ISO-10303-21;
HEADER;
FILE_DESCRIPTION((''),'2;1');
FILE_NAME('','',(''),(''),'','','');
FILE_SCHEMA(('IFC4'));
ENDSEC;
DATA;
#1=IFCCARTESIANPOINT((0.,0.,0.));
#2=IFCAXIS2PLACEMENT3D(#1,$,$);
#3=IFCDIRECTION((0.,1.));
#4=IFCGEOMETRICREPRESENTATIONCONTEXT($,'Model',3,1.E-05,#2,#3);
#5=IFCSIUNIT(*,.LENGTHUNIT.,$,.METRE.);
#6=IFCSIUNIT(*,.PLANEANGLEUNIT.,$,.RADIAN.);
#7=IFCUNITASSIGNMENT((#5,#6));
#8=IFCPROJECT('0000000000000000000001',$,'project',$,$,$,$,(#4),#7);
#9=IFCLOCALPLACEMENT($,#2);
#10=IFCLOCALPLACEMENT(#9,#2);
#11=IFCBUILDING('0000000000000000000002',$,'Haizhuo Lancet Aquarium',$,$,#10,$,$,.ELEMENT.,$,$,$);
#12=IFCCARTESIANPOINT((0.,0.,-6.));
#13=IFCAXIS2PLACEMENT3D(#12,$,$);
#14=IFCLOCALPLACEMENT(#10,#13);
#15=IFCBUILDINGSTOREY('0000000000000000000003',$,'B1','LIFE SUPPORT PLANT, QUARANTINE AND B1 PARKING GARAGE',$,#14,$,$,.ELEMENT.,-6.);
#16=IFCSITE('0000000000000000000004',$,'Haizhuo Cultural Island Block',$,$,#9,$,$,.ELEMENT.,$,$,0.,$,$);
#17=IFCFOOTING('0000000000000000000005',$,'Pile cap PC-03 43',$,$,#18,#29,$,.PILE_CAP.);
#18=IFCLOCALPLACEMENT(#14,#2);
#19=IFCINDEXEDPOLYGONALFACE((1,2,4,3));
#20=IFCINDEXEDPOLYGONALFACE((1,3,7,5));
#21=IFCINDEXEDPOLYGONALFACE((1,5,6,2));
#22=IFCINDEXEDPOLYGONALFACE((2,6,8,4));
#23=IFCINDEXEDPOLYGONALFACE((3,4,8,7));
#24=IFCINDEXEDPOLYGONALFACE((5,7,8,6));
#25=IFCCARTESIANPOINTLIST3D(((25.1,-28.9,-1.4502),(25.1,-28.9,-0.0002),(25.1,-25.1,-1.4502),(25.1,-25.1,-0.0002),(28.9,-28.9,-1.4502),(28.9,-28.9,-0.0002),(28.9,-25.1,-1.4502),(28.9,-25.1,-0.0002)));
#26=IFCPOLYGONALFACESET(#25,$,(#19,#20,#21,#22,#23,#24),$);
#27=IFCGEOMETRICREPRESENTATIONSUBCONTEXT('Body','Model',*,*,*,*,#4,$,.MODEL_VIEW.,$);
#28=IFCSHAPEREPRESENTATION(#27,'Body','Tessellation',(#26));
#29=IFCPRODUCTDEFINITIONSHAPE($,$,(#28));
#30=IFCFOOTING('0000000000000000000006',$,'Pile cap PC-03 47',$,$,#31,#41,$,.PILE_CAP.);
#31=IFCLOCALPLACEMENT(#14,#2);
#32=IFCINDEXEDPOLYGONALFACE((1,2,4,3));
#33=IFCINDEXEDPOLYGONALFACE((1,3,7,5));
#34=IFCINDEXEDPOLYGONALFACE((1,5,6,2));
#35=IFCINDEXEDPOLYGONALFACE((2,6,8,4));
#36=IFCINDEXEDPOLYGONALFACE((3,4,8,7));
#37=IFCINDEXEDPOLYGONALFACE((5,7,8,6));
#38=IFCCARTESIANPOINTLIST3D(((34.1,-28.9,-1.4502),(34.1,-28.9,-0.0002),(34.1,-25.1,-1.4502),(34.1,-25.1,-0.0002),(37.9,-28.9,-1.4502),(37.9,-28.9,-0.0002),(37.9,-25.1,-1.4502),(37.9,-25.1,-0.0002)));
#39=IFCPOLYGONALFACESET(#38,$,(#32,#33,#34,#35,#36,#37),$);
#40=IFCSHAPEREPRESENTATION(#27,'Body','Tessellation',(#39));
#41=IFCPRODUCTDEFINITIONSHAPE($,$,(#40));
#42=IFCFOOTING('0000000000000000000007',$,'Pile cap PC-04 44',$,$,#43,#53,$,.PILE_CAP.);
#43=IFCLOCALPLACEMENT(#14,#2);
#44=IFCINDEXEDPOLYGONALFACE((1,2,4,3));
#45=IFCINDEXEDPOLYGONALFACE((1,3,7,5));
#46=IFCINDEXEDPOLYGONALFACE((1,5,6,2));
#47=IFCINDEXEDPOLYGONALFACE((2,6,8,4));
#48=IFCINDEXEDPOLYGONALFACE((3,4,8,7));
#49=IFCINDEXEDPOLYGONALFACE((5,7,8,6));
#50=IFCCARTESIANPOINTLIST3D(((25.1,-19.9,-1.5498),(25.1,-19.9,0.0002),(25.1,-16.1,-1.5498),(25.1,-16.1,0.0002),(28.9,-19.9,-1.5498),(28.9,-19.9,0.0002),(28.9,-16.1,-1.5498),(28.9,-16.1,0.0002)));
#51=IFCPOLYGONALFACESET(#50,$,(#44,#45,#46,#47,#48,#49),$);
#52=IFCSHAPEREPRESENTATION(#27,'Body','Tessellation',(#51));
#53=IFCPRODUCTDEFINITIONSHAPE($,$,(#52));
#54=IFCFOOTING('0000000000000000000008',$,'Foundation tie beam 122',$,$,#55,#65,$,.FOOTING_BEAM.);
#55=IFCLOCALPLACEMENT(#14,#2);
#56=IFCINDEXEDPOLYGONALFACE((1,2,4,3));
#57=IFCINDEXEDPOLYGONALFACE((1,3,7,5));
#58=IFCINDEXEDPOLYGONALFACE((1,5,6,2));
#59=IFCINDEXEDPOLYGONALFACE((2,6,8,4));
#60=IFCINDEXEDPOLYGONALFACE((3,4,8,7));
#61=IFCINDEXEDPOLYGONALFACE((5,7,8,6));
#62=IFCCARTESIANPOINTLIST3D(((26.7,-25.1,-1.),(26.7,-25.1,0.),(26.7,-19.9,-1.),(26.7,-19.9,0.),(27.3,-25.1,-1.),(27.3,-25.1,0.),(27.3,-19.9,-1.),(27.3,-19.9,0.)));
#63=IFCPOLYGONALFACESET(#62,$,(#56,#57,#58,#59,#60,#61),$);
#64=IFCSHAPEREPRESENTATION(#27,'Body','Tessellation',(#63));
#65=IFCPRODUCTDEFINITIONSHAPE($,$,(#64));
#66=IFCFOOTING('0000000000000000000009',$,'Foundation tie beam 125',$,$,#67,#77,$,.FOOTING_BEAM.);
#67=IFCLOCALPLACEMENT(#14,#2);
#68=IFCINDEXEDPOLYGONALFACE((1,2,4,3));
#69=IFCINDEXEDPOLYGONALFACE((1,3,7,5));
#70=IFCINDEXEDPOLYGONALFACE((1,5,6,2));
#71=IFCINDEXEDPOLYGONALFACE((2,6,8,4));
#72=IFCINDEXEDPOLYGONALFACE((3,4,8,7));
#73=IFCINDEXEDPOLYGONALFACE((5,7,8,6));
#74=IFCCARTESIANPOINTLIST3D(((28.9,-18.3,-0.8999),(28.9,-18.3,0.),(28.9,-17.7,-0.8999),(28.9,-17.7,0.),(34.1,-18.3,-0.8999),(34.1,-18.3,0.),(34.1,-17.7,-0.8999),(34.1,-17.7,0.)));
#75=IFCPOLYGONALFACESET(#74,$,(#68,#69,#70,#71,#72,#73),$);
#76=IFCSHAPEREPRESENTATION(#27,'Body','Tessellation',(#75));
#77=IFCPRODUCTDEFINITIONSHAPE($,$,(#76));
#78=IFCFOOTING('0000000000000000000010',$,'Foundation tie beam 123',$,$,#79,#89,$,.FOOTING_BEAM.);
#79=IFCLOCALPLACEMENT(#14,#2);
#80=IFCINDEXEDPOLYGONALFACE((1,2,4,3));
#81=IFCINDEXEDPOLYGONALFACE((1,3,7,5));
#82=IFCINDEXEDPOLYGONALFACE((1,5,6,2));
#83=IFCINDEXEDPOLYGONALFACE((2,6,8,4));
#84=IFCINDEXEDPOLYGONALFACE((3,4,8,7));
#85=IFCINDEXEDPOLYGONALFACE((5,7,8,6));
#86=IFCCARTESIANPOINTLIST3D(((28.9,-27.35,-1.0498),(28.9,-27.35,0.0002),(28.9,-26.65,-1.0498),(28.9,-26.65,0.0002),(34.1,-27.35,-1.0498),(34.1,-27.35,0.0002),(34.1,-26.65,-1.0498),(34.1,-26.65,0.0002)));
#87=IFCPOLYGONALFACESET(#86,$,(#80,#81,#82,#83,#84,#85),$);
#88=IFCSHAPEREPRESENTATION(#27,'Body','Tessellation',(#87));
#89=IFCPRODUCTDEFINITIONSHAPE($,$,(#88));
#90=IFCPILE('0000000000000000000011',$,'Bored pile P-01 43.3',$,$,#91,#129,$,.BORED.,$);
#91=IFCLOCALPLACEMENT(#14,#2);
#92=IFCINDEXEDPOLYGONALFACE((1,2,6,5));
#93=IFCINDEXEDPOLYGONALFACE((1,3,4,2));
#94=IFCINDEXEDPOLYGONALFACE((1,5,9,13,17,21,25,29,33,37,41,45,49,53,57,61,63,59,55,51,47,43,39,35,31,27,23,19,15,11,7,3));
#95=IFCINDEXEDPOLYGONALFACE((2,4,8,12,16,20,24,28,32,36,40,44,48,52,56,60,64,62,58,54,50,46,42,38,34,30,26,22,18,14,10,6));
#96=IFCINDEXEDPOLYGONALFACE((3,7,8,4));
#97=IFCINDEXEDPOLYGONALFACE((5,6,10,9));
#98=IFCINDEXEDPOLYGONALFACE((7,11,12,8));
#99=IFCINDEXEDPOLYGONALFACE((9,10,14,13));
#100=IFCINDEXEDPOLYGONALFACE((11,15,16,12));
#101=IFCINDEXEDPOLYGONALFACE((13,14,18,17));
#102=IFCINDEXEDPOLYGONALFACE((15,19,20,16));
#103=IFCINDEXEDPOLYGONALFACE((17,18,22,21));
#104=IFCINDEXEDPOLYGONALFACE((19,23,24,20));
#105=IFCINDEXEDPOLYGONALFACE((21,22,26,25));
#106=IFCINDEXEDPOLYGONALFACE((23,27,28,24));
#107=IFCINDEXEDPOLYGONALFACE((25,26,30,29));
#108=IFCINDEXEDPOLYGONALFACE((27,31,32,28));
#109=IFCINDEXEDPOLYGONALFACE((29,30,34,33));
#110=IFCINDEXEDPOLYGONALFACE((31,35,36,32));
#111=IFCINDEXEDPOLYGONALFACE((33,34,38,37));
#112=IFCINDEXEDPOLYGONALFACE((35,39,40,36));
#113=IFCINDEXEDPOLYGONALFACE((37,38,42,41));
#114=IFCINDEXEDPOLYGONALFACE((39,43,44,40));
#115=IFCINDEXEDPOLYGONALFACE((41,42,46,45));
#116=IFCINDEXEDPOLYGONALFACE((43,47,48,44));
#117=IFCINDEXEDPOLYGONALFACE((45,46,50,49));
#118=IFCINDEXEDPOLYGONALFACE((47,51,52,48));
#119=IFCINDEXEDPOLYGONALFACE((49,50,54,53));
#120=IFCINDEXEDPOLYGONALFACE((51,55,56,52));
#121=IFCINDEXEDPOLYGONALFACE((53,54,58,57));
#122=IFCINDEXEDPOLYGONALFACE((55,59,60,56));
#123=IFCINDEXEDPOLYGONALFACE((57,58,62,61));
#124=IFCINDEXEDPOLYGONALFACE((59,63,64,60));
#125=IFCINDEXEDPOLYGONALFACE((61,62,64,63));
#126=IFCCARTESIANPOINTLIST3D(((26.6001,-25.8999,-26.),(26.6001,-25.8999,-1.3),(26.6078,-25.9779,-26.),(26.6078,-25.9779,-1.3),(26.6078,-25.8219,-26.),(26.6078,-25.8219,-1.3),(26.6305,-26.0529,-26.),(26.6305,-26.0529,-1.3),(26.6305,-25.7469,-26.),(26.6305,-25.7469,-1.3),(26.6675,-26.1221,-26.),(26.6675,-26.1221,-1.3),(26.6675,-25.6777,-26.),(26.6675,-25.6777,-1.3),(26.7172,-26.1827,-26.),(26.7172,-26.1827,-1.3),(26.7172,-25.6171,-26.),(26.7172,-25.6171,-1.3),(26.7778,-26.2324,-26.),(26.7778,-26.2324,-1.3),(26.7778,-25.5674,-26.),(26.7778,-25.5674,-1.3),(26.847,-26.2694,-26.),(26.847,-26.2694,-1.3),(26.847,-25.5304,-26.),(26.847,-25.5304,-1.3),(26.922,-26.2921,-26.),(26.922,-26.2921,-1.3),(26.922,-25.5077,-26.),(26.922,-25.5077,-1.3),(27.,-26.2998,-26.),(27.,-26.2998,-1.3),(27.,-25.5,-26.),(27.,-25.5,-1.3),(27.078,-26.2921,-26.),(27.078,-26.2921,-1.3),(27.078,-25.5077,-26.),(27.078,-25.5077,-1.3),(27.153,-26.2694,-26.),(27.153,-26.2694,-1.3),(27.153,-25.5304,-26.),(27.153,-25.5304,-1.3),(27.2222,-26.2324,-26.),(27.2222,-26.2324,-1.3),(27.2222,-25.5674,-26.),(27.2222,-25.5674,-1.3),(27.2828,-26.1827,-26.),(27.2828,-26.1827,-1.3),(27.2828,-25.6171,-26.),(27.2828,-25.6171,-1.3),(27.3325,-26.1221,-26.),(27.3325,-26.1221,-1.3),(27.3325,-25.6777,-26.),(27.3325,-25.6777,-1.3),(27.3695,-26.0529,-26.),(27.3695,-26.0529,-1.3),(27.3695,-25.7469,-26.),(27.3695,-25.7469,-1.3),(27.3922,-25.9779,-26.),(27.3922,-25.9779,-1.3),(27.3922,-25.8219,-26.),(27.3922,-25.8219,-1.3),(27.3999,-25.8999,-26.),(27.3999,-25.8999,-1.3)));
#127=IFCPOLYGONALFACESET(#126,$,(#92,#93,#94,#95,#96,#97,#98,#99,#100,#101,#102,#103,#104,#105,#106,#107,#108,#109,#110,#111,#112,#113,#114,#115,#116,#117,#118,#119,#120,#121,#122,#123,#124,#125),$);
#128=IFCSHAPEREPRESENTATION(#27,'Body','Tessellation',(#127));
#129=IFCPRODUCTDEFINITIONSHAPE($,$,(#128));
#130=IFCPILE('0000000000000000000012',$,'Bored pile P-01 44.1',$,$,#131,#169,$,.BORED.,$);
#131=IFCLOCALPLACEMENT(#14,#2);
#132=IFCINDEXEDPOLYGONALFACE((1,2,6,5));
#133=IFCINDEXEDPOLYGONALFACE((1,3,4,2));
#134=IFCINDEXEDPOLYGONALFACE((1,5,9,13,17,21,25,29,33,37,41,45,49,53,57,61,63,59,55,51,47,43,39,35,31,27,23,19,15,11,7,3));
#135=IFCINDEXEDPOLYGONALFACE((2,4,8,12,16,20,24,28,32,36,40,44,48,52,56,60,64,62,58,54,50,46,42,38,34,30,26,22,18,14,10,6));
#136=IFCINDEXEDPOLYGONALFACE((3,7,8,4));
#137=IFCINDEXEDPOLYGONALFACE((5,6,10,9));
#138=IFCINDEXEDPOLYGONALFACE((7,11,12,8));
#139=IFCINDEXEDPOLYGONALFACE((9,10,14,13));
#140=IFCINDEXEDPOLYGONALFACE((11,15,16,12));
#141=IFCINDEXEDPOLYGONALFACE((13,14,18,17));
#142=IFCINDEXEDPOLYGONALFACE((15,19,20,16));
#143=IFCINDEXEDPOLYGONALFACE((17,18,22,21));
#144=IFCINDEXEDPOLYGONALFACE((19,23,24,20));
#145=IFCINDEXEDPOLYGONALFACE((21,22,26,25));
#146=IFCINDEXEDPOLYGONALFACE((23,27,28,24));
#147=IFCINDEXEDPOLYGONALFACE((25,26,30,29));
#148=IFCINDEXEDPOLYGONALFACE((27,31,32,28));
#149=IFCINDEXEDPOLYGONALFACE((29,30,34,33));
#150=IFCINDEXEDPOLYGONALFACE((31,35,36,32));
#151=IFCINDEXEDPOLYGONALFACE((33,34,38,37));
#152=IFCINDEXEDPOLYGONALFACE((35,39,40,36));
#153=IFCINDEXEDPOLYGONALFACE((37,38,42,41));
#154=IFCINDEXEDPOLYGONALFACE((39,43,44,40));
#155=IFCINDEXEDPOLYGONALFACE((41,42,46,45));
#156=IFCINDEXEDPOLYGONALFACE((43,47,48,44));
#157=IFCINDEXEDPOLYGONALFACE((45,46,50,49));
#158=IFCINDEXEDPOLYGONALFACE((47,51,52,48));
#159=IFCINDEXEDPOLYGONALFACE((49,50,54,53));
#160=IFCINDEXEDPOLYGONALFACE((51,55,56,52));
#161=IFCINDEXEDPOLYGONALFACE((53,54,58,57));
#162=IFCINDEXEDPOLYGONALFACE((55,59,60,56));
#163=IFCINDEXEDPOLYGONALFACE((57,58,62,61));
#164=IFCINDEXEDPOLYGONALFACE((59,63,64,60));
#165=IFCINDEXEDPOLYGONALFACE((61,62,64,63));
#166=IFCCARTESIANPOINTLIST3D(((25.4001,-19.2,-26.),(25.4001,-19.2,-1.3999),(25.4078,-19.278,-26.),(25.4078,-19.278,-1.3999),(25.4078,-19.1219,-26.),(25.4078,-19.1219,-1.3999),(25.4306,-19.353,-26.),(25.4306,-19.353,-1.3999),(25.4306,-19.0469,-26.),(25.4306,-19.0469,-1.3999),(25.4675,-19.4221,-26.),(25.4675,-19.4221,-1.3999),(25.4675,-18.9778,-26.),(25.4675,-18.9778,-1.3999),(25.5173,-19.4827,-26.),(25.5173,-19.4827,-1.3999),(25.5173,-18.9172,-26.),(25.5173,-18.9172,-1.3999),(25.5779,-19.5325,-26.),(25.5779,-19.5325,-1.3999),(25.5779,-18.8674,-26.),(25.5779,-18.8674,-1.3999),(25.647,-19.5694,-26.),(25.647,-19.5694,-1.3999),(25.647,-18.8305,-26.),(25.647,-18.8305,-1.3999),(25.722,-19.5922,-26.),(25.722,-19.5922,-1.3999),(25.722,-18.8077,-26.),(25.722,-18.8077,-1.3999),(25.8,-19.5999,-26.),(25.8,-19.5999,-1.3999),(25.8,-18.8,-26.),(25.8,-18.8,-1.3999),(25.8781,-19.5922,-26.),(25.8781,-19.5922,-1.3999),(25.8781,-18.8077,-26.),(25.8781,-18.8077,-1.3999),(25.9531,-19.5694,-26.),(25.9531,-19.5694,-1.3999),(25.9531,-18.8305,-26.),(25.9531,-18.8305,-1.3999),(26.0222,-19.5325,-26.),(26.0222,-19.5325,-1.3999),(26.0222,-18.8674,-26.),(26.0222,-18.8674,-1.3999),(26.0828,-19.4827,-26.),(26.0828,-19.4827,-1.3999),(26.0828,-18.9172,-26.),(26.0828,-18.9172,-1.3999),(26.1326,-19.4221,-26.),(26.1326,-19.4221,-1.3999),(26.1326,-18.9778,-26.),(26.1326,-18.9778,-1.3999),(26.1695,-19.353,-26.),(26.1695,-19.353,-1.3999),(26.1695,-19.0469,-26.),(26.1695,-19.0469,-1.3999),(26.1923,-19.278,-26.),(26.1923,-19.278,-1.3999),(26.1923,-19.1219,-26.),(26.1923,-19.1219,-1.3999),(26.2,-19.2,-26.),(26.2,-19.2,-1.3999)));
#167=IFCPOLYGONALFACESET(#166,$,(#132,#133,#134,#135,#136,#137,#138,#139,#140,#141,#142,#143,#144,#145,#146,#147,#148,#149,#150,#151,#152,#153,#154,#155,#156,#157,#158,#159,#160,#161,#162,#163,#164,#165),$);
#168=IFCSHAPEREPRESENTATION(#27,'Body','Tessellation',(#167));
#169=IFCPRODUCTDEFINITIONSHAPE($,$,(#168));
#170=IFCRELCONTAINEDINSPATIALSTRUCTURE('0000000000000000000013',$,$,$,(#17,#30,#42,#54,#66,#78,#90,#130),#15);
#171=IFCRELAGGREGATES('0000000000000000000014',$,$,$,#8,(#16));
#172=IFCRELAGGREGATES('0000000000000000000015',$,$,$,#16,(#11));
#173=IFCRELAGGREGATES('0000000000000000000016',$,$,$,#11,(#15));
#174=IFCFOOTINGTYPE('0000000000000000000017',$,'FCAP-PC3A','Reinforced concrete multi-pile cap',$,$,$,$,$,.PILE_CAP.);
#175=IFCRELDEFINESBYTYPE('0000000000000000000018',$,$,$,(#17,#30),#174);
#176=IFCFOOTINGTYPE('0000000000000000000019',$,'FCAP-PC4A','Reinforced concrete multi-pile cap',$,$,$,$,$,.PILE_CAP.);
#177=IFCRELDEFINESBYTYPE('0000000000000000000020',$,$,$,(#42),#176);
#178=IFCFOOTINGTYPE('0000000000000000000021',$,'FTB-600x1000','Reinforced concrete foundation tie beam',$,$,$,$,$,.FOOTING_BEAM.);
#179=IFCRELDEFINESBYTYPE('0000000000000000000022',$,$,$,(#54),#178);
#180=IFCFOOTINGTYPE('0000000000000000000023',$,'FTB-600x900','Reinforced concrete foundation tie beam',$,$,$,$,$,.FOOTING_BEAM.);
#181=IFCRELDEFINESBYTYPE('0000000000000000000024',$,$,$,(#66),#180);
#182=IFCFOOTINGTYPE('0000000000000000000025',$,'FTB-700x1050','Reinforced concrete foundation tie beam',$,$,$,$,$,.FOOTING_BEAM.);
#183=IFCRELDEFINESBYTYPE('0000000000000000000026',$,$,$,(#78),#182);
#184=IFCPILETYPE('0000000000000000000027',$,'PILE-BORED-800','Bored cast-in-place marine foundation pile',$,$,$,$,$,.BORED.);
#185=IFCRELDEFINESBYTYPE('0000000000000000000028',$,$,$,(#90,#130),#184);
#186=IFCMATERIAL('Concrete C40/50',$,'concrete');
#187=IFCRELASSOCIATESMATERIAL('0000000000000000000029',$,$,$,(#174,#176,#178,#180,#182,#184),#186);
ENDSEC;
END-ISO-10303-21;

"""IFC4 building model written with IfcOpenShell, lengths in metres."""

from ifc_helpers import new_model, si_unit, direction, frame, origin, origin_2d, place, context, subcontext, project, spatial, rectangle, circle, extrude, material, material_profile, profile_set, type_object, element, save


model = new_model("IFC4")

# Units and contexts
model_context = context("Model", 3, precision=1e-05, world=origin(), true_north=direction((0.0, 1.0)))
body_context = subcontext(model_context, "Body", "Model", "MODEL_VIEW")
ifc_project = project(units=[si_unit("LENGTHUNIT", "METRE"), si_unit("PLANEANGLEUNIT", "RADIAN")], contexts=[model_context])

# Site, building, storey
site_placement = place(None, origin())
site = spatial("IfcSite", under=ifc_project, at=site_placement, Name="Haizhuo Cultural Island Block", CompositionType="ELEMENT", RefElevation=0.0)
building_placement = place(site_placement, origin())
building = spatial("IfcBuilding", under=site, at=building_placement, Name="Haizhuo Lancet Aquarium", CompositionType="ELEMENT")
storey_placement = place(building_placement, frame((0.0, 0.0, -6.0)))
storey = spatial("IfcBuildingStorey", under=building, at=storey_placement, Name="B1", Description="LIFE SUPPORT PLANT, QUARANTINE AND B1 PARKING GARAGE", CompositionType="ELEMENT", Elevation=-6.0)

# Footings
ifc_material_1 = material(Name="Concrete C40/50", Category="concrete")
footing_type_1 = type_object("IfcFootingType", Name="FCAP-PC3A", Description="Reinforced concrete multi-pile cap", PredefinedType="PILE_CAP", material=ifc_material_1)
for number, where, z_axis, x_axis, name in (
    (1, (27.0, -27.0, -1.4502), (0.0, 0.0, 1.0), (1.0, 0.0, 0.0), "Pile cap PC-03 43"),
    (2, (36.0, -27.0, -1.4502), (0.0, 0.0, 1.0), (1.0, 0.0, 0.0), "Pile cap PC-03 47"),
):
    element("IfcFooting", number, at=place(storey_placement, frame(where, z_axis=z_axis, x_axis=x_axis)), inside=storey, type_object=footing_type_1, Name=name, PredefinedType="PILE_CAP", context=body_context, shape_type="SweptSolid", body=[
        extrude(rectangle(XDim=3.8, YDim=3.8, at=origin_2d()), origin(), (0.0, 0.0, 1.0), 1.45),
    ])
footing_type_2 = type_object("IfcFootingType", Name="FCAP-PC4A", Description="Reinforced concrete multi-pile cap", PredefinedType="PILE_CAP", material=ifc_material_1)
footing_1_placement = place(storey_placement, frame((27.0, -18.0, -1.5498), z_axis=(0.0, 0.0, 1.0), x_axis=(1.0, 0.0, 0.0)))
element("IfcFooting", 3, at=footing_1_placement, inside=storey, type_object=footing_type_2, Name="Pile cap PC-04 44", PredefinedType="PILE_CAP", context=body_context, shape_type="SweptSolid", body=[
    extrude(rectangle(XDim=3.8, YDim=3.8, at=origin_2d()), origin(), (0.0, 0.0, 1.0), 1.55),
])
footing_type_3 = type_object("IfcFootingType", Name="FTB-600x1000", Description="Reinforced concrete foundation tie beam", PredefinedType="FOOTING_BEAM", material=ifc_material_1)
footing_2_placement = place(storey_placement, frame((27.0, -22.5, -1.0), z_axis=(0.0, 0.0, 1.0), x_axis=(0.0, 1.0, 0.0)))
element("IfcFooting", 4, at=footing_2_placement, inside=storey, type_object=footing_type_3, Name="Foundation tie beam 122", PredefinedType="FOOTING_BEAM", context=body_context, shape_type="SweptSolid", body=[
    extrude(rectangle(XDim=5.2, YDim=0.6001, at=origin_2d()), origin(), (0.0, 0.0, 1.0), 1.0),
])
footing_type_4 = type_object("IfcFootingType", Name="FTB-600x900", Description="Reinforced concrete foundation tie beam", PredefinedType="FOOTING_BEAM", material=ifc_material_1)
footing_3_placement = place(storey_placement, frame((31.5, -18.0, -0.8999), z_axis=(0.0, 0.0, 1.0), x_axis=(1.0, 0.0, 0.0)))
element("IfcFooting", 5, at=footing_3_placement, inside=storey, type_object=footing_type_4, Name="Foundation tie beam 125", PredefinedType="FOOTING_BEAM", context=body_context, shape_type="SweptSolid", body=[
    extrude(rectangle(XDim=5.2, YDim=0.6001, at=origin_2d()), origin(), (0.0, 0.0, 1.0), 0.8999),
])
footing_type_5 = type_object("IfcFootingType", Name="FTB-700x1050", Description="Reinforced concrete foundation tie beam", PredefinedType="FOOTING_BEAM", material=ifc_material_1)
footing_4_placement = place(storey_placement, frame((31.5, -27.0, -1.0498), z_axis=(0.0, 0.0, 1.0), x_axis=(1.0, 0.0, 0.0)))
element("IfcFooting", 6, at=footing_4_placement, inside=storey, type_object=footing_type_5, Name="Foundation tie beam 123", PredefinedType="FOOTING_BEAM", context=body_context, shape_type="SweptSolid", body=[
    extrude(rectangle(XDim=5.2, YDim=0.7, at=origin_2d()), origin(), (0.0, 0.0, 1.0), 1.05),
])

# Piles
ifc_material_profile_1 = material_profile(ifc_material_1, circle(Radius=0.3999, at=origin_2d()), Name="PILE-800")
ifc_profile_set_1 = profile_set([ifc_material_profile_1], Name="Concrete C40/50")
pile_type = type_object("IfcPileType", Name="PILE-BORED-800", Description="Bored cast-in-place marine foundation pile", PredefinedType="BORED", material=ifc_profile_set_1)
pile_1_placement = place(storey_placement, frame((27.0, -25.8999, -1.3), z_axis=(0.0, 0.0, -1.0), x_axis=(1.0, 0.0, 0.0)))
element("IfcPile", 7, at=pile_1_placement, inside=storey, type_object=pile_type, Name="Bored pile P-01 43.3", PredefinedType="BORED", context=body_context, shape_type="SweptSolid", body=[
    extrude(circle(Radius=0.3999, at=origin_2d()), origin(), (0.0, 0.0, 1.0), 24.7),
])
for number, where, z_axis, x_axis, name in (
    (8, (25.8, -19.2, -1.3999), (0.0, 0.0, -1.0), (1.0, 0.0, 0.0), "Bored pile P-01 44.1"),
):
    element("IfcPile", number, at=place(storey_placement, frame(where, z_axis=z_axis, x_axis=x_axis)), inside=storey, type_object=pile_type, Name=name, PredefinedType="BORED", context=body_context, shape_type="SweptSolid", body=[
        extrude(circle(Radius=0.3999, at=origin_2d()), origin(), (0.0, 0.0, 1.0), 24.6001),
    ])

save(model, "model.ifc")
